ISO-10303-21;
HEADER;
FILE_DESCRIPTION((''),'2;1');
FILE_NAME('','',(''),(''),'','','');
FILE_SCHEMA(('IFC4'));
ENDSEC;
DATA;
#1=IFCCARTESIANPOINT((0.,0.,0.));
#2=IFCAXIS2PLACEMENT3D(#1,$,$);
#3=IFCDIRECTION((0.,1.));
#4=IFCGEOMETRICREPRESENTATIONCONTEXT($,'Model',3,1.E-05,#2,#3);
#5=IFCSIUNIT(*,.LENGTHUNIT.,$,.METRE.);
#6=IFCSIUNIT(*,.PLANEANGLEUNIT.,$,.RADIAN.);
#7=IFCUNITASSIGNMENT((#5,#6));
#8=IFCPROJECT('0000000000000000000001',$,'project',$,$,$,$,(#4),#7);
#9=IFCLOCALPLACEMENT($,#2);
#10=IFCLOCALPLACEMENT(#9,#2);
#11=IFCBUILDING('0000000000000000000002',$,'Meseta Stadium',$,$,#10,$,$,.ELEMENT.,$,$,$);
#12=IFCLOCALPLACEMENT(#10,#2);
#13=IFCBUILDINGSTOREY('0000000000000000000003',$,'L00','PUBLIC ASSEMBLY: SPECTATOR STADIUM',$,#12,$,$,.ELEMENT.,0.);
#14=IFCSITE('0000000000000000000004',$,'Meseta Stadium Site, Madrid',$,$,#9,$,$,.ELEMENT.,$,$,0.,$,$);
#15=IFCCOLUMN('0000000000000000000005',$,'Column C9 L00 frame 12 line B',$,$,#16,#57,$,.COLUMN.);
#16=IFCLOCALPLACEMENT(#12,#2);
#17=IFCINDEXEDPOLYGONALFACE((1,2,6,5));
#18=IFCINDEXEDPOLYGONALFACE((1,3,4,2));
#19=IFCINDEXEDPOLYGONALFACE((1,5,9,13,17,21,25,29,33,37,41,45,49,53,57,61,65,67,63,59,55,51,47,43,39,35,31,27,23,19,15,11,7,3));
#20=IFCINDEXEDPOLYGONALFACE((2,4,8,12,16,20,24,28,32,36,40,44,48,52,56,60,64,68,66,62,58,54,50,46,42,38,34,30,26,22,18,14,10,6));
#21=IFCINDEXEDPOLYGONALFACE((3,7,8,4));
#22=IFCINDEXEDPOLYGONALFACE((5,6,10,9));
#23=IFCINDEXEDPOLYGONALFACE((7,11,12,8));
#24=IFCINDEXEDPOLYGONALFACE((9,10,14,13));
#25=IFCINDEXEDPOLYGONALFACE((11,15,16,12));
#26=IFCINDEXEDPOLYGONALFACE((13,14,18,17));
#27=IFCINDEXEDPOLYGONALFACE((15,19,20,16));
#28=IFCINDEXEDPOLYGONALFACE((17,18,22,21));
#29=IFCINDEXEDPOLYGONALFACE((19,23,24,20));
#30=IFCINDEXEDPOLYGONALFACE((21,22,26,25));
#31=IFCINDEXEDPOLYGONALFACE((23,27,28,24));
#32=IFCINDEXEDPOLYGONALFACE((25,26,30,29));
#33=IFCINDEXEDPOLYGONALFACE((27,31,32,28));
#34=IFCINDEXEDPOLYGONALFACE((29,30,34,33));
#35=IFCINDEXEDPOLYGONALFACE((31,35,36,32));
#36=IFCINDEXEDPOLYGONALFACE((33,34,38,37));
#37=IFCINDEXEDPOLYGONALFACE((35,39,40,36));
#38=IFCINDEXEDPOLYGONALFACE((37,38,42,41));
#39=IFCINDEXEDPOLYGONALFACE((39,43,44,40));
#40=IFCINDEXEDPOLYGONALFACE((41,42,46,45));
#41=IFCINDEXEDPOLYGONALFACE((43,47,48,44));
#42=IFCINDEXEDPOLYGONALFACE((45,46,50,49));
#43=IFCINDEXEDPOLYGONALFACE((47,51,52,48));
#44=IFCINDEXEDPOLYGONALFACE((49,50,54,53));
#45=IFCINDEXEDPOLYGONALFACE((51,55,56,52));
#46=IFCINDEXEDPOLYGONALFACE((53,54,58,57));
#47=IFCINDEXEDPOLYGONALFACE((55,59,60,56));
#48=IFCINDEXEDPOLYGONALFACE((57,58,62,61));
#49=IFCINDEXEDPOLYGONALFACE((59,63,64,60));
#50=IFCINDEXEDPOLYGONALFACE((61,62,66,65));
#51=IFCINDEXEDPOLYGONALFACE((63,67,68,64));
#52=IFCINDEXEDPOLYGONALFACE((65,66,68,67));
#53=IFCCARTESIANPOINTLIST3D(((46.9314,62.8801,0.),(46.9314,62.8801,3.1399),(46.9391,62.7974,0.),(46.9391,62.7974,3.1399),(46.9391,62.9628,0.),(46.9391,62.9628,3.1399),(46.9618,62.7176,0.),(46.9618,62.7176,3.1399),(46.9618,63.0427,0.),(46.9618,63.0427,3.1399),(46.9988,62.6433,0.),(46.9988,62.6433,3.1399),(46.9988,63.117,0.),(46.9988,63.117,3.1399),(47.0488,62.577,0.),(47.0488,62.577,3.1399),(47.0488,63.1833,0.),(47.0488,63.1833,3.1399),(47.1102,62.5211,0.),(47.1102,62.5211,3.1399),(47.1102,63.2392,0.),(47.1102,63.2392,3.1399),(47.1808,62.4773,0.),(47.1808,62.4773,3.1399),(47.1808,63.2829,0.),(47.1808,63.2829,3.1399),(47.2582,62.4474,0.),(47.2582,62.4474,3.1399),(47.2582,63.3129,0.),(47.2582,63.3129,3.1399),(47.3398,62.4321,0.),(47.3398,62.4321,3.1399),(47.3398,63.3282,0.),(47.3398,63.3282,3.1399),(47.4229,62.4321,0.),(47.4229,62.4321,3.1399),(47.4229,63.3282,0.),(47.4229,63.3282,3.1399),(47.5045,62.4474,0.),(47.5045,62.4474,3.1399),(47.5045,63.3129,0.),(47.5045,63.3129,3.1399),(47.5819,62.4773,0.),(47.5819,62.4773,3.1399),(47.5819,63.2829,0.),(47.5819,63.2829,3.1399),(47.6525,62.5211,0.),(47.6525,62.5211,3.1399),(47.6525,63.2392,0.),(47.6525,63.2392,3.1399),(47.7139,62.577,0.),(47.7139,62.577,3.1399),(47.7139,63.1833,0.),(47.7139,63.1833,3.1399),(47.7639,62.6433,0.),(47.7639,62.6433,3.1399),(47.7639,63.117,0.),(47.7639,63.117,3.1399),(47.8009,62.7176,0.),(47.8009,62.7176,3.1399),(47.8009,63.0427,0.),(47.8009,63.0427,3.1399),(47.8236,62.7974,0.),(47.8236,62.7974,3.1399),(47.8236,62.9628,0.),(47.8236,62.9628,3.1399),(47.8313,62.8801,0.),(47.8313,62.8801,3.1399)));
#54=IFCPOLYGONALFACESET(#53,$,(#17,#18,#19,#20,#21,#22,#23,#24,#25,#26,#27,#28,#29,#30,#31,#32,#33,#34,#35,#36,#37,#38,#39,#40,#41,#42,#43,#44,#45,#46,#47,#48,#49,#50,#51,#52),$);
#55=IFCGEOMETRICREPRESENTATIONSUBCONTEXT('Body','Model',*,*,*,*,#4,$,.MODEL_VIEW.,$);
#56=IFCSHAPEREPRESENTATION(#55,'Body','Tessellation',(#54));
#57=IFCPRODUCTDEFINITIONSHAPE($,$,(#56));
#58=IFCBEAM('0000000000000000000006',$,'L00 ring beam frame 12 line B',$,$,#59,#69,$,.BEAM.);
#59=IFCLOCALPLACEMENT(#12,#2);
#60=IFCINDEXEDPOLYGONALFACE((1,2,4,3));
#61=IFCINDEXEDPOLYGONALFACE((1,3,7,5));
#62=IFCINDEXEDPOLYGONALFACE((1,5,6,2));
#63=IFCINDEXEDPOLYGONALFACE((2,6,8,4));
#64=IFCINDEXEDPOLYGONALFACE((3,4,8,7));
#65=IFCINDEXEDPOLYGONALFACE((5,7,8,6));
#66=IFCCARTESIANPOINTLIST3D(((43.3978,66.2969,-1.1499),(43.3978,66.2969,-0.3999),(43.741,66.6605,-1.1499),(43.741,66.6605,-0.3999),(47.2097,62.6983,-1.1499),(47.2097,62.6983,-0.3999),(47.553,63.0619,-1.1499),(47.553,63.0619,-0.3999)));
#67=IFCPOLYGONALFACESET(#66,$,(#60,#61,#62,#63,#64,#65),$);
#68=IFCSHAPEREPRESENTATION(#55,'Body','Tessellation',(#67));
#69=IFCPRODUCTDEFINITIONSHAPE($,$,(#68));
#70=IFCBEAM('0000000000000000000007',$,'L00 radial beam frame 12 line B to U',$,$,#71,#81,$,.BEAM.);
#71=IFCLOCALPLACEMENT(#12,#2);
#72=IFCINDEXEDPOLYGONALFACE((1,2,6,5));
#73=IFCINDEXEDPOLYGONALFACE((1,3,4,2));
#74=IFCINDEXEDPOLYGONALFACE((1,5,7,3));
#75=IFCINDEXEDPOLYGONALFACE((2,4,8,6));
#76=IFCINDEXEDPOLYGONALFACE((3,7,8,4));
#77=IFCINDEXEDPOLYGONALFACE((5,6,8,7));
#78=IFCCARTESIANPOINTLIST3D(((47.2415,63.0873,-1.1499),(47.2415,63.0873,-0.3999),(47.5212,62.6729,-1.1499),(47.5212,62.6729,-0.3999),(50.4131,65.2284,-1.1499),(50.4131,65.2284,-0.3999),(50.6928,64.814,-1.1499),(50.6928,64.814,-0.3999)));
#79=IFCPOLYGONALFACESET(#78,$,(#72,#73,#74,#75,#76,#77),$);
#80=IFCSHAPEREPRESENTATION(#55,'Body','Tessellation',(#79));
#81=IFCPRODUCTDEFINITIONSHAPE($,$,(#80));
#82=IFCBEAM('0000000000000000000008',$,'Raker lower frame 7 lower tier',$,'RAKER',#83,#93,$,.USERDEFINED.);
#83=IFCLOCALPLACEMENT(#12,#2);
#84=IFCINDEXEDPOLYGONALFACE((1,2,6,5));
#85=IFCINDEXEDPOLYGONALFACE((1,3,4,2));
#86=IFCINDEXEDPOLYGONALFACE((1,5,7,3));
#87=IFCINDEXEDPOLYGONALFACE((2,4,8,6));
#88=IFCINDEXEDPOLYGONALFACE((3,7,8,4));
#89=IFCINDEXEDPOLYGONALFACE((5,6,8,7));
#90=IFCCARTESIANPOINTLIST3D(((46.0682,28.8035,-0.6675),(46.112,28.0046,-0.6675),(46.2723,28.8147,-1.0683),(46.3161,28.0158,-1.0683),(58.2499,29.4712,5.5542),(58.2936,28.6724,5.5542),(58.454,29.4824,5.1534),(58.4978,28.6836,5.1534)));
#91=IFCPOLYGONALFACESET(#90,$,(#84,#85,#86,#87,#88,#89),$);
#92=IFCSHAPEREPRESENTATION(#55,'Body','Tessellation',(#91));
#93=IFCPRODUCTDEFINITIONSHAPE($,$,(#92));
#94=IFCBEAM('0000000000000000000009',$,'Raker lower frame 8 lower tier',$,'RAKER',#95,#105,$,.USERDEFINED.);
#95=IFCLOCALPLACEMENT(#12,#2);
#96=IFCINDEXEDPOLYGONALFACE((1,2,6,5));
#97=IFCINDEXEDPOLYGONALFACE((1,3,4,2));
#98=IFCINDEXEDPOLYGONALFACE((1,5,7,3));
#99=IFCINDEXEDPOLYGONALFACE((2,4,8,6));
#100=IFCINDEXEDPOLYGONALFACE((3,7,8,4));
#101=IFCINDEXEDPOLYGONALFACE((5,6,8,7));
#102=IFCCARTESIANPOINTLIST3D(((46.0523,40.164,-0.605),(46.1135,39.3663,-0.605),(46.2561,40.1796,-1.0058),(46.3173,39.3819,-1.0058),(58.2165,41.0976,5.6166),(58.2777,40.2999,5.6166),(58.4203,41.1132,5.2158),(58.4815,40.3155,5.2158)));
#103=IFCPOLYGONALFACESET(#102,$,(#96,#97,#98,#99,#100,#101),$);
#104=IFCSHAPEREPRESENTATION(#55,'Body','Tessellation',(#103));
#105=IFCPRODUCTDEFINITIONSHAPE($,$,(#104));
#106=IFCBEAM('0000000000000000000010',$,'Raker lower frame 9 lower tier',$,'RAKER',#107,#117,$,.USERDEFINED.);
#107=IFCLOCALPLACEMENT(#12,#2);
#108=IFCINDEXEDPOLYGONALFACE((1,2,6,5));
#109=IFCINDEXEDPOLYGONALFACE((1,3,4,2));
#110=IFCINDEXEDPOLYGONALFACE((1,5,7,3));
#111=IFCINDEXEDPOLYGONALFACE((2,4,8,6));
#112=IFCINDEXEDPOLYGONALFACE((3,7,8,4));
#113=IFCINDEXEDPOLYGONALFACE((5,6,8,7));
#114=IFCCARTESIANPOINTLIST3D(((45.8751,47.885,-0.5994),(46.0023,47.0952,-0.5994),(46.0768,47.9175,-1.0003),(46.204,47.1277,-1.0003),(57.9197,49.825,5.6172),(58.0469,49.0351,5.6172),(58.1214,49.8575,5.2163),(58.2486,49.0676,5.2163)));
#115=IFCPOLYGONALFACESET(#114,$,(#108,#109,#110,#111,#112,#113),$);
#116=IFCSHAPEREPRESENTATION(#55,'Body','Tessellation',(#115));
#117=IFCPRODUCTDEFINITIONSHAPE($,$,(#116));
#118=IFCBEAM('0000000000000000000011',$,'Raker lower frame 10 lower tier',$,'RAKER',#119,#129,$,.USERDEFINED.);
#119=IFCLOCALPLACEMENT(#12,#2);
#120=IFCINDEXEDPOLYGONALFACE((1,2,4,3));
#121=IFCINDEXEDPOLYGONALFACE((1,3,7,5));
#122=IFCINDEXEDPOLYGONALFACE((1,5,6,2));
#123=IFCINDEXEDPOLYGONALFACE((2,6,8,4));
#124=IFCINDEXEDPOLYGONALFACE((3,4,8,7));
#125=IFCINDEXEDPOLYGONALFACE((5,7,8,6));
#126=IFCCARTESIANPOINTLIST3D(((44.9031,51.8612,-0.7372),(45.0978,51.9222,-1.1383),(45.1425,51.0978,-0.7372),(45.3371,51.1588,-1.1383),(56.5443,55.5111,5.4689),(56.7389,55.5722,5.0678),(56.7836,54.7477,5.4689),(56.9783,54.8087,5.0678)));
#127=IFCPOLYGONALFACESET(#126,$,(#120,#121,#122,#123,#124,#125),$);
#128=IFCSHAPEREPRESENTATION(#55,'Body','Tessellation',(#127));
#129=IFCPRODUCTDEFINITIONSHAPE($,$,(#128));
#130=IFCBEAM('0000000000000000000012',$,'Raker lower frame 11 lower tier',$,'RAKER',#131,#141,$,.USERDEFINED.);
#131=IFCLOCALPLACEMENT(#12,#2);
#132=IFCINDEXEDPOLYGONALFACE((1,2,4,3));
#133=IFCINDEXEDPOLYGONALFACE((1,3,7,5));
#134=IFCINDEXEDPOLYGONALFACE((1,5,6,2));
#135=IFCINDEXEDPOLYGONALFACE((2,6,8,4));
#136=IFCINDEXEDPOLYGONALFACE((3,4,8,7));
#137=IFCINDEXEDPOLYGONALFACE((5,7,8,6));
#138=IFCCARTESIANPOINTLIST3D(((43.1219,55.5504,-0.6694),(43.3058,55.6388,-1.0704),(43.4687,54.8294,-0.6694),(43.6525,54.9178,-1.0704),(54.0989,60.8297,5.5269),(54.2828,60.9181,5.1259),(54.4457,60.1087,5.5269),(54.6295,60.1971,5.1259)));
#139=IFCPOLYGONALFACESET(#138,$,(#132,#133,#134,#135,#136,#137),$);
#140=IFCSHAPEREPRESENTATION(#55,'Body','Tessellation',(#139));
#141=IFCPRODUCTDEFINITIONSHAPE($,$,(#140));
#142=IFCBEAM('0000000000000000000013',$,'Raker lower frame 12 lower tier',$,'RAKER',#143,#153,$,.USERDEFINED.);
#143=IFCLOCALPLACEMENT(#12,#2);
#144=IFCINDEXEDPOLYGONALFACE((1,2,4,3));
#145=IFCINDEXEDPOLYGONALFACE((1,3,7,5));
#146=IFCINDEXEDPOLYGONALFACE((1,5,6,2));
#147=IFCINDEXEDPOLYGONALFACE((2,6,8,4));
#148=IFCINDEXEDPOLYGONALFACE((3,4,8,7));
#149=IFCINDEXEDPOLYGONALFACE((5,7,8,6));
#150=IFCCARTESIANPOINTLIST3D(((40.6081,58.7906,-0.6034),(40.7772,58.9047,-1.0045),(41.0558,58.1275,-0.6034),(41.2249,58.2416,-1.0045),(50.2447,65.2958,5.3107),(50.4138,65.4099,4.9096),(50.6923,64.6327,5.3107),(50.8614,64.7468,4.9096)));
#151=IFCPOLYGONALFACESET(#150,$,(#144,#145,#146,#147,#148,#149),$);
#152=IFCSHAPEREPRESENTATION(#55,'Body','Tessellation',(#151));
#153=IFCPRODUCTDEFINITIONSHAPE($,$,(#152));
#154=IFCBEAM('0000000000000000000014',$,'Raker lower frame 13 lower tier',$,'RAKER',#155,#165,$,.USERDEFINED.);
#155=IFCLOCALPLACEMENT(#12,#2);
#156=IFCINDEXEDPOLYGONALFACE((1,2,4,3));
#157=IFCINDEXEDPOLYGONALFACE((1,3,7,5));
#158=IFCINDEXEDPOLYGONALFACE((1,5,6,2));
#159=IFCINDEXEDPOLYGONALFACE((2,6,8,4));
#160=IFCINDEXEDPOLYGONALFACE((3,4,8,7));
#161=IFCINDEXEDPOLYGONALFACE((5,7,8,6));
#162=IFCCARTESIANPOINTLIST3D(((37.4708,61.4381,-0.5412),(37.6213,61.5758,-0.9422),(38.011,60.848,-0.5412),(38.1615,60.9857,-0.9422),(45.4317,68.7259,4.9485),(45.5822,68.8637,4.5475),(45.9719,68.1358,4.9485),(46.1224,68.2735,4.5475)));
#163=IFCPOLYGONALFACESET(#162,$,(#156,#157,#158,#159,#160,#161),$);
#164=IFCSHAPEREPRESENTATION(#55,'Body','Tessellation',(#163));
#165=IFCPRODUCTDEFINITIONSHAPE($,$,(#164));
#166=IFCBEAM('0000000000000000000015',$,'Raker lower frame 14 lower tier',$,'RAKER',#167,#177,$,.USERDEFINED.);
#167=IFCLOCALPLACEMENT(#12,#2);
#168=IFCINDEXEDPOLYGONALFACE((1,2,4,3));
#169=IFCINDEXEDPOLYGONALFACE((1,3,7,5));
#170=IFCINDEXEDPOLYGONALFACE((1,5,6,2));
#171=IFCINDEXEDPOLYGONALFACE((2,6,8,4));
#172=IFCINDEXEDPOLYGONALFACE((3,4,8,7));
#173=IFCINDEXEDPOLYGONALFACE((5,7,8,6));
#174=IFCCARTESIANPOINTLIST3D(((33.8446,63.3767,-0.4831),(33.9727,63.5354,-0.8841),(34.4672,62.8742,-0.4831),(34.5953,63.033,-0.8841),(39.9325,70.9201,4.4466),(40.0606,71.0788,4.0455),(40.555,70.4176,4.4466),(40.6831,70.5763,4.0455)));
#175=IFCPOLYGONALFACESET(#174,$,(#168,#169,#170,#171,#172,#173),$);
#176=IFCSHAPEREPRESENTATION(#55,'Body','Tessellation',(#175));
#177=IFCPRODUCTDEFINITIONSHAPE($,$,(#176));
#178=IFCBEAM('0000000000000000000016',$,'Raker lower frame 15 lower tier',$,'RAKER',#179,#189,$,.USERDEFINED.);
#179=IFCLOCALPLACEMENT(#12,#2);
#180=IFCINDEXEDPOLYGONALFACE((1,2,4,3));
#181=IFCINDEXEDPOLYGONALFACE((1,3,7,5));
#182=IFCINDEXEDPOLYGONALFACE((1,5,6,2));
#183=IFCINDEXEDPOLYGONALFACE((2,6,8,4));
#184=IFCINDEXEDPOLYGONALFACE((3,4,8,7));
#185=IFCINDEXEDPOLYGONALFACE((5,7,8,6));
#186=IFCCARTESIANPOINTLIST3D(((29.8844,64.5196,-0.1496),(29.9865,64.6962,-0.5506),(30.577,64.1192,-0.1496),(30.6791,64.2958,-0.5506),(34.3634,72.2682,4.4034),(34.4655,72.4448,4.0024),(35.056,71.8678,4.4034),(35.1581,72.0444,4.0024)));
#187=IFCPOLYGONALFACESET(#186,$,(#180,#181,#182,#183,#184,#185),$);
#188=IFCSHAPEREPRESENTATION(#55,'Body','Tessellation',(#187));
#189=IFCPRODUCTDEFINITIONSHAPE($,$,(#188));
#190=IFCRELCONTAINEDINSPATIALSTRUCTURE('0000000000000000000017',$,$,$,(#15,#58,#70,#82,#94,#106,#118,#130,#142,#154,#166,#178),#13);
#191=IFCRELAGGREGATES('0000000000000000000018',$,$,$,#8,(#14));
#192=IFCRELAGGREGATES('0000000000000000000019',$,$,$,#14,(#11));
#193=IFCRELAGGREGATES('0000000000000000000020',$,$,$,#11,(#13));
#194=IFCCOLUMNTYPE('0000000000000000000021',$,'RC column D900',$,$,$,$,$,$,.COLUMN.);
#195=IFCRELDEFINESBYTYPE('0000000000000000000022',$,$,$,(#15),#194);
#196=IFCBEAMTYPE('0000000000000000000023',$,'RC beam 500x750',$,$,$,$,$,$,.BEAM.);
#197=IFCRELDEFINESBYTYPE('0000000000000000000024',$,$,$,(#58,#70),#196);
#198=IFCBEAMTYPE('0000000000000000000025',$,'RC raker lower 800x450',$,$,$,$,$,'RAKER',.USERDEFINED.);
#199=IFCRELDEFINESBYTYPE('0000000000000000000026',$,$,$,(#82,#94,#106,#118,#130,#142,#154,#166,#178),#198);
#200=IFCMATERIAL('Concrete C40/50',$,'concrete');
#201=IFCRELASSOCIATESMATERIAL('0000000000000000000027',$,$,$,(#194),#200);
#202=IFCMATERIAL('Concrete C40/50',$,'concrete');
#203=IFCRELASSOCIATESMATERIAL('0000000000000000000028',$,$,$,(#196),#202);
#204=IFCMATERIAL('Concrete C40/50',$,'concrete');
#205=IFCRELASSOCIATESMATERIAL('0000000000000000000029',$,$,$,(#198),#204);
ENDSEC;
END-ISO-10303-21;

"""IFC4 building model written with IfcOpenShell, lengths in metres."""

from ifc_helpers import new_model, si_unit, direction, frame, origin, origin_2d, place, context, subcontext, project, spatial, rectangle, circle, extrude, material, material_profile, profile_set, type_object, element, save


model = new_model("IFC4")

# Units and contexts
model_context = context("Model", 3, precision=1e-05, world=origin(), true_north=direction((0.0, 1.0)))
body_context = subcontext(model_context, "Body", "Model", "MODEL_VIEW")
ifc_project = project(units=[si_unit("LENGTHUNIT", "METRE"), si_unit("PLANEANGLEUNIT", "RADIAN")], contexts=[model_context])

# Site, building, storey
site_placement = place(None, origin())
site = spatial("IfcSite", under=ifc_project, at=site_placement, Name="Meseta Stadium Site, Madrid", CompositionType="ELEMENT", RefElevation=0.0)
building_placement = place(site_placement, origin())
building = spatial("IfcBuilding", under=site, at=building_placement, Name="Meseta Stadium", CompositionType="ELEMENT")
storey_placement = place(building_placement, origin())
storey = spatial("IfcBuildingStorey", under=building, at=storey_placement, Name="L00", Description="PUBLIC ASSEMBLY: SPECTATOR STADIUM", CompositionType="ELEMENT", Elevation=0.0)

# Column
ifc_material_1 = material(Name="Concrete C40/50", Category="concrete")
ifc_material_profile_1 = material_profile(ifc_material_1, circle(Radius=0.45, at=origin_2d()), Name="RC D900")
ifc_profile_set_1 = profile_set([ifc_material_profile_1], Name="Concrete C40/50")
column_type = type_object("IfcColumnType", Name="RC column D900", PredefinedType="COLUMN", material=ifc_profile_set_1)
column_placement = place(storey_placement, frame((47.3813, 62.8801, 0.0), z_axis=(0.0, 0.0, 1.0), x_axis=(1.0, 0.0, 0.0)))
element("IfcColumn", 1, at=column_placement, inside=storey, type_object=column_type, Name="Column C9 L00 frame 12 line B", PredefinedType="COLUMN", context=body_context, shape_type="SweptSolid", body=[
    extrude(circle(Radius=0.45, at=origin_2d()), origin(), (0.0, 0.0, 1.0), 3.1399),
])

# Beams
ifc_material_2 = material(Name="Concrete C40/50", Category="concrete")
ifc_material_profile_2 = material_profile(ifc_material_2, rectangle(XDim=0.5, YDim=0.75, at=origin_2d()), Name="RC 500x750")
ifc_profile_set_2 = profile_set([ifc_material_profile_2], Name="Concrete C40/50")
beam_type_1 = type_object("IfcBeamType", Name="RC beam 500x750", PredefinedType="BEAM", material=ifc_profile_set_2)
beam_1_placement = place(storey_placement, frame((47.3813, 62.8801, -0.7749), z_axis=(-0.727166, 0.686462, 0.0), x_axis=(-0.686462, -0.727166, 0.0)))
element("IfcBeam", 2, at=beam_1_placement, inside=storey, type_object=beam_type_1, Name="L00 ring beam frame 12 line B", PredefinedType="BEAM", context=body_context, shape_type="SweptSolid", body=[
    extrude(rectangle(XDim=0.5, YDim=0.75, at=origin_2d()), origin(), (0.0, 0.0, 1.0), 5.2422),
])
beam_2_placement = place(storey_placement, frame((47.3813, 62.8801, -0.7749), z_axis=(0.828817, 0.55952, 0.0), x_axis=(-0.55952, 0.828817, 0.0)))
element("IfcBeam", 3, at=beam_2_placement, inside=storey, type_object=beam_type_1, Name="L00 radial beam frame 12 line B to U", PredefinedType="BEAM", context=body_context, shape_type="SweptSolid", body=[
    extrude(rectangle(XDim=0.5, YDim=0.75, at=origin_2d()), origin(), (0.0, 0.0, 1.0), 3.8267),
])
ifc_material_3 = material(Name="Concrete C40/50", Category="concrete")
ifc_material_profile_3 = material_profile(ifc_material_3, rectangle(XDim=0.8, YDim=0.45, at=origin_2d()), Name="RC 800x450")
ifc_profile_set_3 = profile_set([ifc_material_profile_3], Name="Concrete C40/50")
beam_type_2 = type_object("IfcBeamType", Name="RC raker lower 800x450", ElementType="RAKER", PredefinedType="USERDEFINED", material=ifc_profile_set_3)
for number, where, z_axis, x_axis, name in (
    (4, (46.1921, 28.4097, -0.8679), (0.889509, 0.048758, 0.45431), (-0.054732, 0.998501, 0.0), "Raker lower frame 7 lower tier"),
    (5, (46.1848, 39.7729, -0.8054), (0.888234, 0.068171, 0.454305), (-0.076524, 0.997068, 0.0), "Raker lower frame 8 lower tier"),
):
    element("IfcBeam", number, at=place(storey_placement, frame(where, z_axis=z_axis, x_axis=x_axis)), inside=storey, type_object=beam_type_2, Name=name, ObjectType="RAKER", PredefinedType="USERDEFINED", context=body_context, shape_type="SweptSolid", body=[
        extrude(rectangle(XDim=0.8, YDim=0.45, at=origin_2d()), origin(), (0.0, 0.0, 1.0), 13.6948),
    ])
beam_3_placement = place(storey_placement, frame((46.0396, 47.5063, -0.7998), z_axis=(0.879658, 0.14168, 0.454013), x_axis=(-0.159013, 0.987277, 0.0)))
element("IfcBeam", 6, at=beam_3_placement, inside=storey, type_object=beam_type_2, Name="Raker lower frame 9 lower tier", ObjectType="RAKER", PredefinedType="USERDEFINED", context=body_context, shape_type="SweptSolid", body=[
    extrude(rectangle(XDim=0.8, YDim=0.45, at=origin_2d()), origin(), (0.0, 0.0, 1.0), 13.6924),
])
beam_4_placement = place(storey_placement, frame((45.1201, 51.51, -0.9377), z_axis=(0.850481, 0.266656, 0.453405), x_axis=(-0.299175, 0.954198, 0.0)))
element("IfcBeam", 7, at=beam_4_placement, inside=storey, type_object=beam_type_2, Name="Raker lower frame 10 lower tier", ObjectType="RAKER", PredefinedType="USERDEFINED", context=body_context, shape_type="SweptSolid", body=[
    extrude(rectangle(XDim=0.8, YDim=0.45, at=origin_2d()), origin(), (0.0, 0.0, 1.0), 13.6877),
])
beam_5_placement = place(storey_placement, frame((43.3872, 55.2341, -0.8699), z_axis=(0.803236, 0.386308, 0.453408), x_axis=(-0.433419, 0.901193, 0.0)))
element("IfcBeam", 8, at=beam_5_placement, inside=storey, type_object=beam_type_2, Name="Raker lower frame 11 lower tier", ObjectType="RAKER", PredefinedType="USERDEFINED", context=body_context, shape_type="SweptSolid", body=[
    extrude(rectangle(XDim=0.8, YDim=0.45, at=origin_2d()), origin(), (0.0, 0.0, 1.0), 13.666),
])
beam_6_placement = place(storey_placement, frame((40.9165, 58.5161, -0.804), z_axis=(0.738748, 0.498694, 0.453382), x_axis=(-0.559503, 0.828828, 0.0)))
element("IfcBeam", 9, at=beam_6_placement, inside=storey, type_object=beam_type_2, Name="Raker lower frame 12 lower tier", ObjectType="RAKER", PredefinedType="USERDEFINED", context=body_context, shape_type="SweptSolid", body=[
    extrude(rectangle(XDim=0.8, YDim=0.45, at=origin_2d()), origin(), (0.0, 0.0, 1.0), 13.0444),
])
beam_7_placement = place(storey_placement, frame((37.8162, 61.2119, -0.7417), z_axis=(0.657443, 0.601856, 0.453363), x_axis=(-0.675237, 0.737601, 0.0)))
element("IfcBeam", 10, at=beam_7_placement, inside=storey, type_object=beam_type_2, Name="Raker lower frame 13 lower tier", ObjectType="RAKER", PredefinedType="USERDEFINED", context=body_context, shape_type="SweptSolid", body=[
    extrude(rectangle(XDim=0.8, YDim=0.45, at=origin_2d()), origin(), (0.0, 0.0, 1.0), 12.1089),
])
beam_8_placement = place(storey_placement, frame((34.22, 63.2048, -0.6836), z_axis=(0.5598, 0.693644, 0.4533), x_axis=(-0.778188, 0.628031, 0.0)))
element("IfcBeam", 11, at=beam_8_placement, inside=storey, type_object=beam_type_2, Name="Raker lower frame 14 lower tier", ObjectType="RAKER", PredefinedType="USERDEFINED", context=body_context, shape_type="SweptSolid", body=[
    extrude(rectangle(XDim=0.8, YDim=0.45, at=origin_2d()), origin(), (0.0, 0.0, 1.0), 10.875),
])
beam_9_placement = place(storey_placement, frame((30.2817, 64.4077, -0.3501), z_axis=(0.446051, 0.771654, 0.453418), x_axis=(-0.865765, 0.500451, 0.0)))
element("IfcBeam", 12, at=beam_9_placement, inside=storey, type_object=beam_type_2, Name="Raker lower frame 15 lower tier", ObjectType="RAKER", PredefinedType="USERDEFINED", context=body_context, shape_type="SweptSolid", body=[
    extrude(rectangle(XDim=0.8, YDim=0.45, at=origin_2d()), origin(), (0.0, 0.0, 1.0), 10.0415),
])

save(model, "model.ifc")
